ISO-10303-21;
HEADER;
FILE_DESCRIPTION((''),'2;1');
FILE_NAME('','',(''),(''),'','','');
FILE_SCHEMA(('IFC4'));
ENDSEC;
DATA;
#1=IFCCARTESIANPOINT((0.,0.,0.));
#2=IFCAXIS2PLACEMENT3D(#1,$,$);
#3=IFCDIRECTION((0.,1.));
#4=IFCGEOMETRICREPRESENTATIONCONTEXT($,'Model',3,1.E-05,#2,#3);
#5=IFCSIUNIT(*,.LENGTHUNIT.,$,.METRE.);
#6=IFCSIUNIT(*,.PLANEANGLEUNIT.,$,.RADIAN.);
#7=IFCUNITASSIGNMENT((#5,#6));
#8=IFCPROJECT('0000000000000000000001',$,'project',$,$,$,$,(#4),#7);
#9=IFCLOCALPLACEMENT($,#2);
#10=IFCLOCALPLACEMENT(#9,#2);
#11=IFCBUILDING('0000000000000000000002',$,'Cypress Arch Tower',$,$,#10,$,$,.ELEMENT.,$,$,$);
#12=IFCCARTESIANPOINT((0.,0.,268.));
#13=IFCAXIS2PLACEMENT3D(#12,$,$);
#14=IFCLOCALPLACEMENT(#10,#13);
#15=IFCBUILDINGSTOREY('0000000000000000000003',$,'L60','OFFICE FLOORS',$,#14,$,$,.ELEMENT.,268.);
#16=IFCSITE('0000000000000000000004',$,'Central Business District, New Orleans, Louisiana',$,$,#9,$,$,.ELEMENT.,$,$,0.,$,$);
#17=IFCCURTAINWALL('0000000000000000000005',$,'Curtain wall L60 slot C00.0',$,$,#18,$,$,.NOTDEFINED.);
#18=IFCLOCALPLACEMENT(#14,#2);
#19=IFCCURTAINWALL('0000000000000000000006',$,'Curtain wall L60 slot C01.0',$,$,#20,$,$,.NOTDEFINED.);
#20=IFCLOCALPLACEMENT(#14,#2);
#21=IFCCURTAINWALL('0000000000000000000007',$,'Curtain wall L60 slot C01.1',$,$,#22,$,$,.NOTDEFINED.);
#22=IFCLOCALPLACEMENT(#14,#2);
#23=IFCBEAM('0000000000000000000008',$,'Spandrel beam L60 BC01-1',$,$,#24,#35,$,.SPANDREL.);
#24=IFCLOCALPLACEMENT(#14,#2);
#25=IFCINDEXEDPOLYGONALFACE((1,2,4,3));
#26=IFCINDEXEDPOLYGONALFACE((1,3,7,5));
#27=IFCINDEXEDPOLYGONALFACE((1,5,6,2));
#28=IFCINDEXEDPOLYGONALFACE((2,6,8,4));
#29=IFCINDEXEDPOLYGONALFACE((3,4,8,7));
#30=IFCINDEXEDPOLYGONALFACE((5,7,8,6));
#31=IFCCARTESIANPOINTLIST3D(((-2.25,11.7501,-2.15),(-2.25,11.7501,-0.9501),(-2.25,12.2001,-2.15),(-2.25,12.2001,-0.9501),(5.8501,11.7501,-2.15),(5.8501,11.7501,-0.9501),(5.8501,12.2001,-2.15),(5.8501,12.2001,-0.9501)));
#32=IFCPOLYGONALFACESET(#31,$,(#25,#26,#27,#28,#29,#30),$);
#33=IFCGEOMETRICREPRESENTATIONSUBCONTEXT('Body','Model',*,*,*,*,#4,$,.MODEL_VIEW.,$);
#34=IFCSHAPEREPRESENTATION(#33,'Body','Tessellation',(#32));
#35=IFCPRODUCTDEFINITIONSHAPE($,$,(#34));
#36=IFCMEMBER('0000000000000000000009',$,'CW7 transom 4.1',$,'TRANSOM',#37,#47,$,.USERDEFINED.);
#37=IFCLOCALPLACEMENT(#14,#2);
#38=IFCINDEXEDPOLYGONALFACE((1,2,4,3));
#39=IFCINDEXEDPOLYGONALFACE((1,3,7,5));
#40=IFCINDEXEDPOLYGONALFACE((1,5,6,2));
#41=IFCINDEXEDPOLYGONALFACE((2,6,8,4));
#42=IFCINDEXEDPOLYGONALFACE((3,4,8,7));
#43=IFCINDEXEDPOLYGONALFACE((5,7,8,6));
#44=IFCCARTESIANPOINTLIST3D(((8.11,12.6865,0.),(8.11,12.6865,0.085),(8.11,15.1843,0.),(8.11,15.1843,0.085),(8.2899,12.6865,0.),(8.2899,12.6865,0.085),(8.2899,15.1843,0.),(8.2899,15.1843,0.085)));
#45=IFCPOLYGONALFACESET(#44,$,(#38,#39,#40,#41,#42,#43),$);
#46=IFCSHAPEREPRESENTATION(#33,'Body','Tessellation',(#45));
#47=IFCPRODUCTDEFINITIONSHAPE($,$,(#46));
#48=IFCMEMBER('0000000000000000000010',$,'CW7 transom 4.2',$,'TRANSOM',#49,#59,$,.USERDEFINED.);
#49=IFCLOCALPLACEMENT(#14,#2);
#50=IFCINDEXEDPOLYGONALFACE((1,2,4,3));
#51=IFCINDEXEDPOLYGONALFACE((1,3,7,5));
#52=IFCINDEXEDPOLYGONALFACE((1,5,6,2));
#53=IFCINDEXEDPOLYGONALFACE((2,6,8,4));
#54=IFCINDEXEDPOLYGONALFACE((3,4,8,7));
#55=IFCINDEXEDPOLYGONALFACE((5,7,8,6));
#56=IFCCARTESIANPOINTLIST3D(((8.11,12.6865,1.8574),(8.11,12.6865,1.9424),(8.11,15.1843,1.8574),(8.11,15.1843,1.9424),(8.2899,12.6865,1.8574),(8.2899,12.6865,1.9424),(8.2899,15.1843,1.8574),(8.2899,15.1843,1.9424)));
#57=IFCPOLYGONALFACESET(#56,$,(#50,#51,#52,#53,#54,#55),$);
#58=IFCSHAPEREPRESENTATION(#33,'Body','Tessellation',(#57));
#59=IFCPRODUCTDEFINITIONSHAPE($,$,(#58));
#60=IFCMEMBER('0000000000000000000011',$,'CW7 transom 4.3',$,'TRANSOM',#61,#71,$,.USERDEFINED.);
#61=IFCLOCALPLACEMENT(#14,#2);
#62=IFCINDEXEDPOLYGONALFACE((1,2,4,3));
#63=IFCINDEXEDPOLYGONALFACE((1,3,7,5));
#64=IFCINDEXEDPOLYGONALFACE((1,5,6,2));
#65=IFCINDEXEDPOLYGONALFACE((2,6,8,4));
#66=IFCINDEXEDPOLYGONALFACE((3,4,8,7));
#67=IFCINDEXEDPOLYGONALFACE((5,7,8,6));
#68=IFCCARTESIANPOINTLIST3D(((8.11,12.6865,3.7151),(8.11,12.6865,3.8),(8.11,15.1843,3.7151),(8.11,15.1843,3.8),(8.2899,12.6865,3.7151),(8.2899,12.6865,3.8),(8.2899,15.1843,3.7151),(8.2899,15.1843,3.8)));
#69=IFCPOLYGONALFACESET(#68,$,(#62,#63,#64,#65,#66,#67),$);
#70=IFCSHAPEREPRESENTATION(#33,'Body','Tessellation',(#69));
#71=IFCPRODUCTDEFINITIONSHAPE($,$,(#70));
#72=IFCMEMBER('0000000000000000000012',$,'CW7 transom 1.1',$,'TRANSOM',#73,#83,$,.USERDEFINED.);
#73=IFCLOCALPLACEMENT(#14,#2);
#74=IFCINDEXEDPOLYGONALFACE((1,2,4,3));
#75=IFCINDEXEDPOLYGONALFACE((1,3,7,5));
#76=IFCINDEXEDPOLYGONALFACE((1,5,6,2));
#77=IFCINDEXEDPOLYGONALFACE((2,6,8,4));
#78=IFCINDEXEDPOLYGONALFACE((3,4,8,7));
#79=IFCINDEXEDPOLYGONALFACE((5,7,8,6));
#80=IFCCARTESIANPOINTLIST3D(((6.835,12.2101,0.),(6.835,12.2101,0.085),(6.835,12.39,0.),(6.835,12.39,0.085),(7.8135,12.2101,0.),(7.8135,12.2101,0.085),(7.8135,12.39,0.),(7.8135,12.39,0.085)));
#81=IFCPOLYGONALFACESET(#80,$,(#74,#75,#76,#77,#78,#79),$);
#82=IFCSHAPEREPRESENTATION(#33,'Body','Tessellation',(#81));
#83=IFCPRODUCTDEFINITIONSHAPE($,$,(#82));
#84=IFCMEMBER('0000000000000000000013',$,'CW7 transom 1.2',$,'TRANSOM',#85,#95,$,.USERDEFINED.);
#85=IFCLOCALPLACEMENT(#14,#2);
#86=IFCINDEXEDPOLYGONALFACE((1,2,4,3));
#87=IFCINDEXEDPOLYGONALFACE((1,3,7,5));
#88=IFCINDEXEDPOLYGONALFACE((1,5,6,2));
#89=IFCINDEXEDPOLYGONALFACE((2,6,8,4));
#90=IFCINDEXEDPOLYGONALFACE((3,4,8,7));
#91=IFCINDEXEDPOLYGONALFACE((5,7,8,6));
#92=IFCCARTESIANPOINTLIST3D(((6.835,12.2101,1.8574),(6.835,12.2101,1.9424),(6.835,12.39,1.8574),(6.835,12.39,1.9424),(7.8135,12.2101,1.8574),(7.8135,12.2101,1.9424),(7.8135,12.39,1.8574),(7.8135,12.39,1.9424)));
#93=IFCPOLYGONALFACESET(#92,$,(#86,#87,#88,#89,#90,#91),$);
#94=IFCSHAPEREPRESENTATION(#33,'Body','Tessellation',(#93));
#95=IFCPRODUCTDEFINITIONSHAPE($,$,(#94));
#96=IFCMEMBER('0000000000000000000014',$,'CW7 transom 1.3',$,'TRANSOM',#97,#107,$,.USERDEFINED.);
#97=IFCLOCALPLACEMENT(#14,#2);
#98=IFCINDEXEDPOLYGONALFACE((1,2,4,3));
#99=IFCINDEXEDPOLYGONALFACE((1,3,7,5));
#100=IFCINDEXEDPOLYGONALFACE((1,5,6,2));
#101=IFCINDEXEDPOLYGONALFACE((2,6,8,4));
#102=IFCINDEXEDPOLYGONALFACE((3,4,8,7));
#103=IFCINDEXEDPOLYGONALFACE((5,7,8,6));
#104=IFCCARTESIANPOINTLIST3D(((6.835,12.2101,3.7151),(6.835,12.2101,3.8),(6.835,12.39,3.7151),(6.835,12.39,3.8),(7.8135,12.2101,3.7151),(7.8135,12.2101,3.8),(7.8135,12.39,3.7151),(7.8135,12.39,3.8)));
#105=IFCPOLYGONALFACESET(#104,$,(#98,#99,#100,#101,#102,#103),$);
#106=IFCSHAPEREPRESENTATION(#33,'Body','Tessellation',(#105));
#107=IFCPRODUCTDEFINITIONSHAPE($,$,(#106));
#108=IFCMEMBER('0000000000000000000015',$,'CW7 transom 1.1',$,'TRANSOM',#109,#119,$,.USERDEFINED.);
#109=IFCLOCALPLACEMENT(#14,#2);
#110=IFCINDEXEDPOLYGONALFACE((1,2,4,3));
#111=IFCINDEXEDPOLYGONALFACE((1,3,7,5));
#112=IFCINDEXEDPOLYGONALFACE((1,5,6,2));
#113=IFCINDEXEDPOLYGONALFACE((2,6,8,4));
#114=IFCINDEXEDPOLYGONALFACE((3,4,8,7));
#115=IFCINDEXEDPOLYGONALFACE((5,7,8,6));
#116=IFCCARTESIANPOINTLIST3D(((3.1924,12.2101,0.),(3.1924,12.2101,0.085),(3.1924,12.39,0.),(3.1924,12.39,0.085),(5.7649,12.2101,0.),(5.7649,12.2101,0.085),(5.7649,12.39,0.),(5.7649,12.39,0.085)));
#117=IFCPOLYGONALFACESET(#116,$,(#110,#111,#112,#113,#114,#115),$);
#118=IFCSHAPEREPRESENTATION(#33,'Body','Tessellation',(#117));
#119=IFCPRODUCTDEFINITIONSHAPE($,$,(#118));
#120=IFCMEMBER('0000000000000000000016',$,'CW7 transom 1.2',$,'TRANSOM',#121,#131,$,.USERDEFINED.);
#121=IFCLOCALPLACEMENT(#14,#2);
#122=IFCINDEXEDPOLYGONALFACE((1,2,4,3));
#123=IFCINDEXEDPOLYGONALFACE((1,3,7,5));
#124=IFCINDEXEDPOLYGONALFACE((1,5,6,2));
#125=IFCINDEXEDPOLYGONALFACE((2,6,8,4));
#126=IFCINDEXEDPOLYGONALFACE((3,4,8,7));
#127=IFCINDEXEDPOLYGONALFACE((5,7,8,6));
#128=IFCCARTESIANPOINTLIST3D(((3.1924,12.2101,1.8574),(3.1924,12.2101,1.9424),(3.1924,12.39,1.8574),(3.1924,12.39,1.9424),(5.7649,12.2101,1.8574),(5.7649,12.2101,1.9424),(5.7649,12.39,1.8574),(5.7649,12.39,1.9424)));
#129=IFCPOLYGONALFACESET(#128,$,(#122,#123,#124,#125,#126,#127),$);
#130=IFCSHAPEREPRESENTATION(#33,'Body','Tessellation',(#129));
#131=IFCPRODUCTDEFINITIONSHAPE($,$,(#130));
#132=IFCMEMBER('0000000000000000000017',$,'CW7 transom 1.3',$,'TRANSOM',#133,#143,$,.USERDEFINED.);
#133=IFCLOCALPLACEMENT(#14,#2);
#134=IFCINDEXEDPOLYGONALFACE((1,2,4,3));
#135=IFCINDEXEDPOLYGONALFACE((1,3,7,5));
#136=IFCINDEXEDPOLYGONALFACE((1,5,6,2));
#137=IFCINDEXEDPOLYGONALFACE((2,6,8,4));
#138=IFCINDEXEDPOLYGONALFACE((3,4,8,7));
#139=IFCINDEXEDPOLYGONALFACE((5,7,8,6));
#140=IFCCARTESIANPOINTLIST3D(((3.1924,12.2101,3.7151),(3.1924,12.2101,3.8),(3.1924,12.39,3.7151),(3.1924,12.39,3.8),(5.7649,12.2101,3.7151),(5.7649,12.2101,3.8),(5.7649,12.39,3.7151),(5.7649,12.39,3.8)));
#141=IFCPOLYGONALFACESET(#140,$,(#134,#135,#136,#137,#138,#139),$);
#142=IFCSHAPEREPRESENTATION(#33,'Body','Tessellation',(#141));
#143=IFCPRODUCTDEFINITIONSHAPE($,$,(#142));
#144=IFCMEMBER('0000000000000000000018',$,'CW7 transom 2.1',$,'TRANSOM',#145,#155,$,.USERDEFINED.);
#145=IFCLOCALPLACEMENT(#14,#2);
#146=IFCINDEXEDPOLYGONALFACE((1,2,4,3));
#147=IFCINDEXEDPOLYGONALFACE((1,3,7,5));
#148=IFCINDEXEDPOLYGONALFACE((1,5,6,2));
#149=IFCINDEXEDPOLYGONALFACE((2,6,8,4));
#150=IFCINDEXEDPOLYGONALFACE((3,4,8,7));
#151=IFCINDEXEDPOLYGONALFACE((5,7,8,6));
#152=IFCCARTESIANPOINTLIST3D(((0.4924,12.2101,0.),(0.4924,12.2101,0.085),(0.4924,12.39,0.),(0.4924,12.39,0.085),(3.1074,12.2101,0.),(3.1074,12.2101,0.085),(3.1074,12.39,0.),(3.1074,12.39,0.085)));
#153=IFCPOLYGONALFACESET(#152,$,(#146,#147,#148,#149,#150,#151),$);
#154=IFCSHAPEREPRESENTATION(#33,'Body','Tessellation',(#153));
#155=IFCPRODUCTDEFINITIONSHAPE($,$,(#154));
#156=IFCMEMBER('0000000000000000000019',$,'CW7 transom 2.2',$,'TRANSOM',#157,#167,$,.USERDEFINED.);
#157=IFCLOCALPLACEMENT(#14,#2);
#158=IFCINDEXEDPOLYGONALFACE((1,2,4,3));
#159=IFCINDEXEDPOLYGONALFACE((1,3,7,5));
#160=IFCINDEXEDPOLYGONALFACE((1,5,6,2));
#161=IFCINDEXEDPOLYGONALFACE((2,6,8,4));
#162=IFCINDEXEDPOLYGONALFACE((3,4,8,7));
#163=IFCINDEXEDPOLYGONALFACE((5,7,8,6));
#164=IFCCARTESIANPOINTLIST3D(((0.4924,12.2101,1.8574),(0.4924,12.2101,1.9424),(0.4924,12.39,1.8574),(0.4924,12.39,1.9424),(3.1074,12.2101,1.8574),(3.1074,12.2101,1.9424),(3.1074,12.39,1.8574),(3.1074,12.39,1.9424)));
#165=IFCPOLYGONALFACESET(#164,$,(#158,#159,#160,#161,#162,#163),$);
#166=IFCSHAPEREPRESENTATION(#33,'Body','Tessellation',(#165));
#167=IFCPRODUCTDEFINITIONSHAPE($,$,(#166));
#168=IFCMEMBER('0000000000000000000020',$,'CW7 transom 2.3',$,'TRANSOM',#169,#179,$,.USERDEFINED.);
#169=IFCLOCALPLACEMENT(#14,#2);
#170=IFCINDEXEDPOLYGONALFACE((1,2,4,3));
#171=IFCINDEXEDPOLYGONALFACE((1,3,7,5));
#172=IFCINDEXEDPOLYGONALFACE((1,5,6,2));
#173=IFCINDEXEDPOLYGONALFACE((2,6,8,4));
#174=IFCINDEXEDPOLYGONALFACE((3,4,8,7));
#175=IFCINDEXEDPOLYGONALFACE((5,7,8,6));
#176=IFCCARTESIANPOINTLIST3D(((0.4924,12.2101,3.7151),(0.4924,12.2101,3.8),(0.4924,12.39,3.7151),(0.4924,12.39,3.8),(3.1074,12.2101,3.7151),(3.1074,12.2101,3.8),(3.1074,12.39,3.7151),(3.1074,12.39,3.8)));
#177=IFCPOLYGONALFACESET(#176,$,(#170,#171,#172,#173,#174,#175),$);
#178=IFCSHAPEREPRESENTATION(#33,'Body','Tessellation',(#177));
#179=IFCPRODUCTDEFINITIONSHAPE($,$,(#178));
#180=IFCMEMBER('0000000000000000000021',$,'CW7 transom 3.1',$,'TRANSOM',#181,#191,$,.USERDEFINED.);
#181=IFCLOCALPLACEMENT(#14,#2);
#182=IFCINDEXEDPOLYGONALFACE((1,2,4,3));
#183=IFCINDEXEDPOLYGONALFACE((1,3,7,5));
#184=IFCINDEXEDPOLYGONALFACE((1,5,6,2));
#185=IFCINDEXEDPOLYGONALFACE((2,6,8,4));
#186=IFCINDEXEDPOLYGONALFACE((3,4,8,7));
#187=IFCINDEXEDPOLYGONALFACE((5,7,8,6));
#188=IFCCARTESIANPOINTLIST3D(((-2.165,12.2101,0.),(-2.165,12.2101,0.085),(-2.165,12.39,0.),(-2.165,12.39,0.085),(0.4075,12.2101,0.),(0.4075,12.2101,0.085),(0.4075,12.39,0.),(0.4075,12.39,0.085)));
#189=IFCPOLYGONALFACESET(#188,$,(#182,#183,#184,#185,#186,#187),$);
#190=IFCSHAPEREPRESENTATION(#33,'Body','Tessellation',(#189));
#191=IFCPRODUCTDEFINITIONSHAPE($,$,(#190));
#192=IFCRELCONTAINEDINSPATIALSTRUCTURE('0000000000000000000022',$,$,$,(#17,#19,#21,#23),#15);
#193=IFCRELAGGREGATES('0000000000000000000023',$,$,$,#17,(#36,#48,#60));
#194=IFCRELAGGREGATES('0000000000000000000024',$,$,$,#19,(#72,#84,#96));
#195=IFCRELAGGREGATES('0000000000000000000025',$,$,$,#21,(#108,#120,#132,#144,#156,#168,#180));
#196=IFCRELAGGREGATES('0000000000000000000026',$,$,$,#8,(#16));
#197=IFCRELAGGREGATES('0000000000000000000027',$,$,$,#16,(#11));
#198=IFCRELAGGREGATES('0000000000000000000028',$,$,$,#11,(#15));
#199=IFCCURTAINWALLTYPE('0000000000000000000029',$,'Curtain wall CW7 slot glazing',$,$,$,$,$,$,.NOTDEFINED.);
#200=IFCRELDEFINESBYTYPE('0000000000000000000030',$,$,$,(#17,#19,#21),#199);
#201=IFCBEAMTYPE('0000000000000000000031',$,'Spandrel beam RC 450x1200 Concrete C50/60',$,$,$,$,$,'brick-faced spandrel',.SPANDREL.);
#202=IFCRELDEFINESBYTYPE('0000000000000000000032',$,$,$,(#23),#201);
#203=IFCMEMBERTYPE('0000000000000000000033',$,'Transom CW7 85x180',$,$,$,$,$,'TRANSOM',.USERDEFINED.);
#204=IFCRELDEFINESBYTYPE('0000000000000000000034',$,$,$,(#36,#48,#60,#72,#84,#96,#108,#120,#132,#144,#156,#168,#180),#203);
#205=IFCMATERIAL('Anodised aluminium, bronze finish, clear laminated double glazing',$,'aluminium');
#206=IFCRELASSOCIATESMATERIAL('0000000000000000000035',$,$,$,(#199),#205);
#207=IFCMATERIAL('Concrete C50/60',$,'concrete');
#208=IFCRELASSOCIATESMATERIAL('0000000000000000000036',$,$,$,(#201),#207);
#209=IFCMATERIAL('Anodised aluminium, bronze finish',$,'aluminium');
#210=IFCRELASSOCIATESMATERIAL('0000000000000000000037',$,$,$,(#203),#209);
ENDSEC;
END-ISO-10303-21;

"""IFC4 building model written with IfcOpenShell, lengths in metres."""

from ifc_helpers import new_model, si_unit, direction, frame, origin, origin_2d, place, context, subcontext, project, spatial, rectangle, extrude, material, material_profile, profile_set, type_object, element, aggregate, save


model = new_model("IFC4")

# Units and contexts
model_context = context("Model", 3, precision=1e-05, world=origin(), true_north=direction((0.0, 1.0)))
body_context = subcontext(model_context, "Body", "Model", "MODEL_VIEW")
ifc_project = project(units=[si_unit("LENGTHUNIT", "METRE"), si_unit("PLANEANGLEUNIT", "RADIAN")], contexts=[model_context])

# Site, building, storey
site_placement = place(None, origin())
site = spatial("IfcSite", under=ifc_project, at=site_placement, Name="Central Business District, New Orleans, Louisiana", CompositionType="ELEMENT", RefElevation=0.0)
building_placement = place(site_placement, origin())
building = spatial("IfcBuilding", under=site, at=building_placement, Name="Cypress Arch Tower", CompositionType="ELEMENT")
storey_placement = place(building_placement, frame((0.0, 0.0, 268.0)))
storey = spatial("IfcBuildingStorey", under=building, at=storey_placement, Name="L60", Description="OFFICE FLOORS", CompositionType="ELEMENT", Elevation=268.0)

# Curtain walls
ifc_material_1 = material(Name="Anodised aluminium, bronze finish, clear laminated double glazing", Category="aluminium")
curtain_wall_type = type_object("IfcCurtainWallType", Name="Curtain wall CW7 slot glazing", PredefinedType="NOTDEFINED", material=ifc_material_1)
curtain_wall_1_placement = place(storey_placement, origin())
curtain_wall_1 = element("IfcCurtainWall", 1, at=curtain_wall_1_placement, inside=storey, type_object=curtain_wall_type, Name="Curtain wall L60 slot C00.0", PredefinedType="NOTDEFINED")
curtain_wall_2_placement = place(storey_placement, origin())
curtain_wall_2 = element("IfcCurtainWall", 2, at=curtain_wall_2_placement, inside=storey, type_object=curtain_wall_type, Name="Curtain wall L60 slot C01.0", PredefinedType="NOTDEFINED")
curtain_wall_3_placement = place(storey_placement, origin())
curtain_wall_3 = element("IfcCurtainWall", 3, at=curtain_wall_3_placement, inside=storey, type_object=curtain_wall_type, Name="Curtain wall L60 slot C01.1", PredefinedType="NOTDEFINED")

# Beam
ifc_material_2 = material(Name="Concrete C50/60", Category="concrete")
ifc_material_profile_1 = material_profile(ifc_material_2, rectangle(XDim=0.45, YDim=1.2, at=origin_2d()), Name="RC 450x1200")
ifc_profile_set_1 = profile_set([ifc_material_profile_1], Name="Concrete C50/60")
beam_type_1 = type_object("IfcBeamType", Name="Spandrel beam RC 450x1200 Concrete C50/60", ElementType="brick-faced spandrel", PredefinedType="SPANDREL", material=ifc_profile_set_1)
beam_1_placement = place(storey_placement, frame((5.8501, 11.9751, -1.55), z_axis=(-1.0, 0.0, 0.0), x_axis=(0.0, -1.0, 0.0)))
element("IfcBeam", 4, at=beam_1_placement, inside=storey, type_object=beam_type_1, Name="Spandrel beam L60 BC01-1", PredefinedType="SPANDREL", context=body_context, shape_type="SweptSolid", body=[
    extrude(rectangle(XDim=0.45, YDim=1.2, at=origin_2d()), origin(), (0.0, 0.0, 1.0), 8.1001),
])

# Members
ifc_material_3 = material(Name="Anodised aluminium, bronze finish", Category="aluminium")
ifc_material_profile_2 = material_profile(ifc_material_3, rectangle(XDim=0.1799, YDim=0.085, at=origin_2d()), Name="Transom 85x180")
ifc_profile_set_2 = profile_set([ifc_material_profile_2], Name="Anodised aluminium, bronze finish")
member_type_1 = type_object("IfcMemberType", Name="Transom CW7 85x180", ElementType="TRANSOM", PredefinedType="USERDEFINED", material=ifc_profile_set_2)
member_1_placement = place(storey_placement, frame((8.2, 15.1843, 0.0425), z_axis=(0.0, -1.0, 0.0), x_axis=(1.0, 0.0, 0.0)))
member_1 = element("IfcMember", 5, at=member_1_placement, type_object=member_type_1, Name="CW7 transom 4.1", ObjectType="TRANSOM", PredefinedType="USERDEFINED", context=body_context, shape_type="SweptSolid", body=[
    extrude(rectangle(XDim=0.1799, YDim=0.085, at=origin_2d()), origin(), (0.0, 0.0, 1.0), 2.4978),
])
member_2_placement = place(storey_placement, frame((8.2, 15.1843, 1.8999), z_axis=(0.0, -1.0, 0.0), x_axis=(1.0, 0.0, 0.0)))
member_2 = element("IfcMember", 6, at=member_2_placement, type_object=member_type_1, Name="CW7 transom 4.2", ObjectType="TRANSOM", PredefinedType="USERDEFINED", context=body_context, shape_type="SweptSolid", body=[
    extrude(rectangle(XDim=0.1799, YDim=0.085, at=origin_2d()), origin(), (0.0, 0.0, 1.0), 2.4978),
])
member_3_placement = place(storey_placement, frame((8.2, 15.1843, 3.7576), z_axis=(0.0, -1.0, 0.0), x_axis=(1.0, 0.0, 0.0)))
member_3 = element("IfcMember", 7, at=member_3_placement, type_object=member_type_1, Name="CW7 transom 4.3", ObjectType="TRANSOM", PredefinedType="USERDEFINED", context=body_context, shape_type="SweptSolid", body=[
    extrude(rectangle(XDim=0.1799, YDim=0.085, at=origin_2d()), origin(), (0.0, 0.0, 1.0), 2.4978),
])
member_4_placement = place(storey_placement, frame((7.8135, 12.3, 0.0425), z_axis=(-1.0, 0.0, 0.0), x_axis=(0.0, -1.0, 0.0)))
member_4 = element("IfcMember", 8, at=member_4_placement, type_object=member_type_1, Name="CW7 transom 1.1", ObjectType="TRANSOM", PredefinedType="USERDEFINED", context=body_context, shape_type="SweptSolid", body=[
    extrude(rectangle(XDim=0.1799, YDim=0.085, at=origin_2d()), origin(), (0.0, 0.0, 1.0), 0.9785),
])
member_5_placement = place(storey_placement, frame((7.8135, 12.3, 1.8999), z_axis=(-1.0, 0.0, 0.0), x_axis=(0.0, -1.0, 0.0)))
member_5 = element("IfcMember", 9, at=member_5_placement, type_object=member_type_1, Name="CW7 transom 1.2", ObjectType="TRANSOM", PredefinedType="USERDEFINED", context=body_context, shape_type="SweptSolid", body=[
    extrude(rectangle(XDim=0.1799, YDim=0.085, at=origin_2d()), origin(), (0.0, 0.0, 1.0), 0.9785),
])
member_6_placement = place(storey_placement, frame((7.8135, 12.3, 3.7576), z_axis=(-1.0, 0.0, 0.0), x_axis=(0.0, -1.0, 0.0)))
member_6 = element("IfcMember", 10, at=member_6_placement, type_object=member_type_1, Name="CW7 transom 1.3", ObjectType="TRANSOM", PredefinedType="USERDEFINED", context=body_context, shape_type="SweptSolid", body=[
    extrude(rectangle(XDim=0.1799, YDim=0.085, at=origin_2d()), origin(), (0.0, 0.0, 1.0), 0.9785),
])
member_7_placement = place(storey_placement, frame((5.7649, 12.3, 0.0425), z_axis=(-1.0, 0.0, 0.0), x_axis=(0.0, -1.0, 0.0)))
member_7 = element("IfcMember", 11, at=member_7_placement, type_object=member_type_1, Name="CW7 transom 1.1", ObjectType="TRANSOM", PredefinedType="USERDEFINED", context=body_context, shape_type="SweptSolid", body=[
    extrude(rectangle(XDim=0.1799, YDim=0.085, at=origin_2d()), origin(), (0.0, 0.0, 1.0), 2.5725),
])
member_8_placement = place(storey_placement, frame((5.7649, 12.3, 1.8999), z_axis=(-1.0, 0.0, 0.0), x_axis=(0.0, -1.0, 0.0)))
member_8 = element("IfcMember", 12, at=member_8_placement, type_object=member_type_1, Name="CW7 transom 1.2", ObjectType="TRANSOM", PredefinedType="USERDEFINED", context=body_context, shape_type="SweptSolid", body=[
    extrude(rectangle(XDim=0.1799, YDim=0.085, at=origin_2d()), origin(), (0.0, 0.0, 1.0), 2.5725),
])
member_9_placement = place(storey_placement, frame((5.7649, 12.3, 3.7576), z_axis=(-1.0, 0.0, 0.0), x_axis=(0.0, -1.0, 0.0)))
member_9 = element("IfcMember", 13, at=member_9_placement, type_object=member_type_1, Name="CW7 transom 1.3", ObjectType="TRANSOM", PredefinedType="USERDEFINED", context=body_context, shape_type="SweptSolid", body=[
    extrude(rectangle(XDim=0.1799, YDim=0.085, at=origin_2d()), origin(), (0.0, 0.0, 1.0), 2.5725),
])
member_10_placement = place(storey_placement, frame((3.1074, 12.3, 0.0425), z_axis=(-1.0, 0.0, 0.0), x_axis=(0.0, -1.0, 0.0)))
member_10 = element("IfcMember", 14, at=member_10_placement, type_object=member_type_1, Name="CW7 transom 2.1", ObjectType="TRANSOM", PredefinedType="USERDEFINED", context=body_context, shape_type="SweptSolid", body=[
    extrude(rectangle(XDim=0.1799, YDim=0.085, at=origin_2d()), origin(), (0.0, 0.0, 1.0), 2.615),
])
member_11_placement = place(storey_placement, frame((3.1074, 12.3, 1.8999), z_axis=(-1.0, 0.0, 0.0), x_axis=(0.0, -1.0, 0.0)))
member_11 = element("IfcMember", 15, at=member_11_placement, type_object=member_type_1, Name="CW7 transom 2.2", ObjectType="TRANSOM", PredefinedType="USERDEFINED", context=body_context, shape_type="SweptSolid", body=[
    extrude(rectangle(XDim=0.1799, YDim=0.085, at=origin_2d()), origin(), (0.0, 0.0, 1.0), 2.615),
])
member_12_placement = place(storey_placement, frame((3.1074, 12.3, 3.7576), z_axis=(-1.0, 0.0, 0.0), x_axis=(0.0, -1.0, 0.0)))
member_12 = element("IfcMember", 16, at=member_12_placement, type_object=member_type_1, Name="CW7 transom 2.3", ObjectType="TRANSOM", PredefinedType="USERDEFINED", context=body_context, shape_type="SweptSolid", body=[
    extrude(rectangle(XDim=0.1799, YDim=0.085, at=origin_2d()), origin(), (0.0, 0.0, 1.0), 2.615),
])
member_13_placement = place(storey_placement, frame((0.4075, 12.3, 0.0425), z_axis=(-1.0, 0.0, 0.0), x_axis=(0.0, -1.0, 0.0)))
member_13 = element("IfcMember", 17, at=member_13_placement, type_object=member_type_1, Name="CW7 transom 3.1", ObjectType="TRANSOM", PredefinedType="USERDEFINED", context=body_context, shape_type="SweptSolid", body=[
    extrude(rectangle(XDim=0.1799, YDim=0.085, at=origin_2d()), origin(), (0.0, 0.0, 1.0), 2.5725),
])

aggregate(curtain_wall_1, [member_1, member_2, member_3])
aggregate(curtain_wall_2, [member_4, member_5, member_6])
aggregate(curtain_wall_3, [member_7, member_8, member_9, member_10, member_11, member_12, member_13])

save(model, "model.ifc")
